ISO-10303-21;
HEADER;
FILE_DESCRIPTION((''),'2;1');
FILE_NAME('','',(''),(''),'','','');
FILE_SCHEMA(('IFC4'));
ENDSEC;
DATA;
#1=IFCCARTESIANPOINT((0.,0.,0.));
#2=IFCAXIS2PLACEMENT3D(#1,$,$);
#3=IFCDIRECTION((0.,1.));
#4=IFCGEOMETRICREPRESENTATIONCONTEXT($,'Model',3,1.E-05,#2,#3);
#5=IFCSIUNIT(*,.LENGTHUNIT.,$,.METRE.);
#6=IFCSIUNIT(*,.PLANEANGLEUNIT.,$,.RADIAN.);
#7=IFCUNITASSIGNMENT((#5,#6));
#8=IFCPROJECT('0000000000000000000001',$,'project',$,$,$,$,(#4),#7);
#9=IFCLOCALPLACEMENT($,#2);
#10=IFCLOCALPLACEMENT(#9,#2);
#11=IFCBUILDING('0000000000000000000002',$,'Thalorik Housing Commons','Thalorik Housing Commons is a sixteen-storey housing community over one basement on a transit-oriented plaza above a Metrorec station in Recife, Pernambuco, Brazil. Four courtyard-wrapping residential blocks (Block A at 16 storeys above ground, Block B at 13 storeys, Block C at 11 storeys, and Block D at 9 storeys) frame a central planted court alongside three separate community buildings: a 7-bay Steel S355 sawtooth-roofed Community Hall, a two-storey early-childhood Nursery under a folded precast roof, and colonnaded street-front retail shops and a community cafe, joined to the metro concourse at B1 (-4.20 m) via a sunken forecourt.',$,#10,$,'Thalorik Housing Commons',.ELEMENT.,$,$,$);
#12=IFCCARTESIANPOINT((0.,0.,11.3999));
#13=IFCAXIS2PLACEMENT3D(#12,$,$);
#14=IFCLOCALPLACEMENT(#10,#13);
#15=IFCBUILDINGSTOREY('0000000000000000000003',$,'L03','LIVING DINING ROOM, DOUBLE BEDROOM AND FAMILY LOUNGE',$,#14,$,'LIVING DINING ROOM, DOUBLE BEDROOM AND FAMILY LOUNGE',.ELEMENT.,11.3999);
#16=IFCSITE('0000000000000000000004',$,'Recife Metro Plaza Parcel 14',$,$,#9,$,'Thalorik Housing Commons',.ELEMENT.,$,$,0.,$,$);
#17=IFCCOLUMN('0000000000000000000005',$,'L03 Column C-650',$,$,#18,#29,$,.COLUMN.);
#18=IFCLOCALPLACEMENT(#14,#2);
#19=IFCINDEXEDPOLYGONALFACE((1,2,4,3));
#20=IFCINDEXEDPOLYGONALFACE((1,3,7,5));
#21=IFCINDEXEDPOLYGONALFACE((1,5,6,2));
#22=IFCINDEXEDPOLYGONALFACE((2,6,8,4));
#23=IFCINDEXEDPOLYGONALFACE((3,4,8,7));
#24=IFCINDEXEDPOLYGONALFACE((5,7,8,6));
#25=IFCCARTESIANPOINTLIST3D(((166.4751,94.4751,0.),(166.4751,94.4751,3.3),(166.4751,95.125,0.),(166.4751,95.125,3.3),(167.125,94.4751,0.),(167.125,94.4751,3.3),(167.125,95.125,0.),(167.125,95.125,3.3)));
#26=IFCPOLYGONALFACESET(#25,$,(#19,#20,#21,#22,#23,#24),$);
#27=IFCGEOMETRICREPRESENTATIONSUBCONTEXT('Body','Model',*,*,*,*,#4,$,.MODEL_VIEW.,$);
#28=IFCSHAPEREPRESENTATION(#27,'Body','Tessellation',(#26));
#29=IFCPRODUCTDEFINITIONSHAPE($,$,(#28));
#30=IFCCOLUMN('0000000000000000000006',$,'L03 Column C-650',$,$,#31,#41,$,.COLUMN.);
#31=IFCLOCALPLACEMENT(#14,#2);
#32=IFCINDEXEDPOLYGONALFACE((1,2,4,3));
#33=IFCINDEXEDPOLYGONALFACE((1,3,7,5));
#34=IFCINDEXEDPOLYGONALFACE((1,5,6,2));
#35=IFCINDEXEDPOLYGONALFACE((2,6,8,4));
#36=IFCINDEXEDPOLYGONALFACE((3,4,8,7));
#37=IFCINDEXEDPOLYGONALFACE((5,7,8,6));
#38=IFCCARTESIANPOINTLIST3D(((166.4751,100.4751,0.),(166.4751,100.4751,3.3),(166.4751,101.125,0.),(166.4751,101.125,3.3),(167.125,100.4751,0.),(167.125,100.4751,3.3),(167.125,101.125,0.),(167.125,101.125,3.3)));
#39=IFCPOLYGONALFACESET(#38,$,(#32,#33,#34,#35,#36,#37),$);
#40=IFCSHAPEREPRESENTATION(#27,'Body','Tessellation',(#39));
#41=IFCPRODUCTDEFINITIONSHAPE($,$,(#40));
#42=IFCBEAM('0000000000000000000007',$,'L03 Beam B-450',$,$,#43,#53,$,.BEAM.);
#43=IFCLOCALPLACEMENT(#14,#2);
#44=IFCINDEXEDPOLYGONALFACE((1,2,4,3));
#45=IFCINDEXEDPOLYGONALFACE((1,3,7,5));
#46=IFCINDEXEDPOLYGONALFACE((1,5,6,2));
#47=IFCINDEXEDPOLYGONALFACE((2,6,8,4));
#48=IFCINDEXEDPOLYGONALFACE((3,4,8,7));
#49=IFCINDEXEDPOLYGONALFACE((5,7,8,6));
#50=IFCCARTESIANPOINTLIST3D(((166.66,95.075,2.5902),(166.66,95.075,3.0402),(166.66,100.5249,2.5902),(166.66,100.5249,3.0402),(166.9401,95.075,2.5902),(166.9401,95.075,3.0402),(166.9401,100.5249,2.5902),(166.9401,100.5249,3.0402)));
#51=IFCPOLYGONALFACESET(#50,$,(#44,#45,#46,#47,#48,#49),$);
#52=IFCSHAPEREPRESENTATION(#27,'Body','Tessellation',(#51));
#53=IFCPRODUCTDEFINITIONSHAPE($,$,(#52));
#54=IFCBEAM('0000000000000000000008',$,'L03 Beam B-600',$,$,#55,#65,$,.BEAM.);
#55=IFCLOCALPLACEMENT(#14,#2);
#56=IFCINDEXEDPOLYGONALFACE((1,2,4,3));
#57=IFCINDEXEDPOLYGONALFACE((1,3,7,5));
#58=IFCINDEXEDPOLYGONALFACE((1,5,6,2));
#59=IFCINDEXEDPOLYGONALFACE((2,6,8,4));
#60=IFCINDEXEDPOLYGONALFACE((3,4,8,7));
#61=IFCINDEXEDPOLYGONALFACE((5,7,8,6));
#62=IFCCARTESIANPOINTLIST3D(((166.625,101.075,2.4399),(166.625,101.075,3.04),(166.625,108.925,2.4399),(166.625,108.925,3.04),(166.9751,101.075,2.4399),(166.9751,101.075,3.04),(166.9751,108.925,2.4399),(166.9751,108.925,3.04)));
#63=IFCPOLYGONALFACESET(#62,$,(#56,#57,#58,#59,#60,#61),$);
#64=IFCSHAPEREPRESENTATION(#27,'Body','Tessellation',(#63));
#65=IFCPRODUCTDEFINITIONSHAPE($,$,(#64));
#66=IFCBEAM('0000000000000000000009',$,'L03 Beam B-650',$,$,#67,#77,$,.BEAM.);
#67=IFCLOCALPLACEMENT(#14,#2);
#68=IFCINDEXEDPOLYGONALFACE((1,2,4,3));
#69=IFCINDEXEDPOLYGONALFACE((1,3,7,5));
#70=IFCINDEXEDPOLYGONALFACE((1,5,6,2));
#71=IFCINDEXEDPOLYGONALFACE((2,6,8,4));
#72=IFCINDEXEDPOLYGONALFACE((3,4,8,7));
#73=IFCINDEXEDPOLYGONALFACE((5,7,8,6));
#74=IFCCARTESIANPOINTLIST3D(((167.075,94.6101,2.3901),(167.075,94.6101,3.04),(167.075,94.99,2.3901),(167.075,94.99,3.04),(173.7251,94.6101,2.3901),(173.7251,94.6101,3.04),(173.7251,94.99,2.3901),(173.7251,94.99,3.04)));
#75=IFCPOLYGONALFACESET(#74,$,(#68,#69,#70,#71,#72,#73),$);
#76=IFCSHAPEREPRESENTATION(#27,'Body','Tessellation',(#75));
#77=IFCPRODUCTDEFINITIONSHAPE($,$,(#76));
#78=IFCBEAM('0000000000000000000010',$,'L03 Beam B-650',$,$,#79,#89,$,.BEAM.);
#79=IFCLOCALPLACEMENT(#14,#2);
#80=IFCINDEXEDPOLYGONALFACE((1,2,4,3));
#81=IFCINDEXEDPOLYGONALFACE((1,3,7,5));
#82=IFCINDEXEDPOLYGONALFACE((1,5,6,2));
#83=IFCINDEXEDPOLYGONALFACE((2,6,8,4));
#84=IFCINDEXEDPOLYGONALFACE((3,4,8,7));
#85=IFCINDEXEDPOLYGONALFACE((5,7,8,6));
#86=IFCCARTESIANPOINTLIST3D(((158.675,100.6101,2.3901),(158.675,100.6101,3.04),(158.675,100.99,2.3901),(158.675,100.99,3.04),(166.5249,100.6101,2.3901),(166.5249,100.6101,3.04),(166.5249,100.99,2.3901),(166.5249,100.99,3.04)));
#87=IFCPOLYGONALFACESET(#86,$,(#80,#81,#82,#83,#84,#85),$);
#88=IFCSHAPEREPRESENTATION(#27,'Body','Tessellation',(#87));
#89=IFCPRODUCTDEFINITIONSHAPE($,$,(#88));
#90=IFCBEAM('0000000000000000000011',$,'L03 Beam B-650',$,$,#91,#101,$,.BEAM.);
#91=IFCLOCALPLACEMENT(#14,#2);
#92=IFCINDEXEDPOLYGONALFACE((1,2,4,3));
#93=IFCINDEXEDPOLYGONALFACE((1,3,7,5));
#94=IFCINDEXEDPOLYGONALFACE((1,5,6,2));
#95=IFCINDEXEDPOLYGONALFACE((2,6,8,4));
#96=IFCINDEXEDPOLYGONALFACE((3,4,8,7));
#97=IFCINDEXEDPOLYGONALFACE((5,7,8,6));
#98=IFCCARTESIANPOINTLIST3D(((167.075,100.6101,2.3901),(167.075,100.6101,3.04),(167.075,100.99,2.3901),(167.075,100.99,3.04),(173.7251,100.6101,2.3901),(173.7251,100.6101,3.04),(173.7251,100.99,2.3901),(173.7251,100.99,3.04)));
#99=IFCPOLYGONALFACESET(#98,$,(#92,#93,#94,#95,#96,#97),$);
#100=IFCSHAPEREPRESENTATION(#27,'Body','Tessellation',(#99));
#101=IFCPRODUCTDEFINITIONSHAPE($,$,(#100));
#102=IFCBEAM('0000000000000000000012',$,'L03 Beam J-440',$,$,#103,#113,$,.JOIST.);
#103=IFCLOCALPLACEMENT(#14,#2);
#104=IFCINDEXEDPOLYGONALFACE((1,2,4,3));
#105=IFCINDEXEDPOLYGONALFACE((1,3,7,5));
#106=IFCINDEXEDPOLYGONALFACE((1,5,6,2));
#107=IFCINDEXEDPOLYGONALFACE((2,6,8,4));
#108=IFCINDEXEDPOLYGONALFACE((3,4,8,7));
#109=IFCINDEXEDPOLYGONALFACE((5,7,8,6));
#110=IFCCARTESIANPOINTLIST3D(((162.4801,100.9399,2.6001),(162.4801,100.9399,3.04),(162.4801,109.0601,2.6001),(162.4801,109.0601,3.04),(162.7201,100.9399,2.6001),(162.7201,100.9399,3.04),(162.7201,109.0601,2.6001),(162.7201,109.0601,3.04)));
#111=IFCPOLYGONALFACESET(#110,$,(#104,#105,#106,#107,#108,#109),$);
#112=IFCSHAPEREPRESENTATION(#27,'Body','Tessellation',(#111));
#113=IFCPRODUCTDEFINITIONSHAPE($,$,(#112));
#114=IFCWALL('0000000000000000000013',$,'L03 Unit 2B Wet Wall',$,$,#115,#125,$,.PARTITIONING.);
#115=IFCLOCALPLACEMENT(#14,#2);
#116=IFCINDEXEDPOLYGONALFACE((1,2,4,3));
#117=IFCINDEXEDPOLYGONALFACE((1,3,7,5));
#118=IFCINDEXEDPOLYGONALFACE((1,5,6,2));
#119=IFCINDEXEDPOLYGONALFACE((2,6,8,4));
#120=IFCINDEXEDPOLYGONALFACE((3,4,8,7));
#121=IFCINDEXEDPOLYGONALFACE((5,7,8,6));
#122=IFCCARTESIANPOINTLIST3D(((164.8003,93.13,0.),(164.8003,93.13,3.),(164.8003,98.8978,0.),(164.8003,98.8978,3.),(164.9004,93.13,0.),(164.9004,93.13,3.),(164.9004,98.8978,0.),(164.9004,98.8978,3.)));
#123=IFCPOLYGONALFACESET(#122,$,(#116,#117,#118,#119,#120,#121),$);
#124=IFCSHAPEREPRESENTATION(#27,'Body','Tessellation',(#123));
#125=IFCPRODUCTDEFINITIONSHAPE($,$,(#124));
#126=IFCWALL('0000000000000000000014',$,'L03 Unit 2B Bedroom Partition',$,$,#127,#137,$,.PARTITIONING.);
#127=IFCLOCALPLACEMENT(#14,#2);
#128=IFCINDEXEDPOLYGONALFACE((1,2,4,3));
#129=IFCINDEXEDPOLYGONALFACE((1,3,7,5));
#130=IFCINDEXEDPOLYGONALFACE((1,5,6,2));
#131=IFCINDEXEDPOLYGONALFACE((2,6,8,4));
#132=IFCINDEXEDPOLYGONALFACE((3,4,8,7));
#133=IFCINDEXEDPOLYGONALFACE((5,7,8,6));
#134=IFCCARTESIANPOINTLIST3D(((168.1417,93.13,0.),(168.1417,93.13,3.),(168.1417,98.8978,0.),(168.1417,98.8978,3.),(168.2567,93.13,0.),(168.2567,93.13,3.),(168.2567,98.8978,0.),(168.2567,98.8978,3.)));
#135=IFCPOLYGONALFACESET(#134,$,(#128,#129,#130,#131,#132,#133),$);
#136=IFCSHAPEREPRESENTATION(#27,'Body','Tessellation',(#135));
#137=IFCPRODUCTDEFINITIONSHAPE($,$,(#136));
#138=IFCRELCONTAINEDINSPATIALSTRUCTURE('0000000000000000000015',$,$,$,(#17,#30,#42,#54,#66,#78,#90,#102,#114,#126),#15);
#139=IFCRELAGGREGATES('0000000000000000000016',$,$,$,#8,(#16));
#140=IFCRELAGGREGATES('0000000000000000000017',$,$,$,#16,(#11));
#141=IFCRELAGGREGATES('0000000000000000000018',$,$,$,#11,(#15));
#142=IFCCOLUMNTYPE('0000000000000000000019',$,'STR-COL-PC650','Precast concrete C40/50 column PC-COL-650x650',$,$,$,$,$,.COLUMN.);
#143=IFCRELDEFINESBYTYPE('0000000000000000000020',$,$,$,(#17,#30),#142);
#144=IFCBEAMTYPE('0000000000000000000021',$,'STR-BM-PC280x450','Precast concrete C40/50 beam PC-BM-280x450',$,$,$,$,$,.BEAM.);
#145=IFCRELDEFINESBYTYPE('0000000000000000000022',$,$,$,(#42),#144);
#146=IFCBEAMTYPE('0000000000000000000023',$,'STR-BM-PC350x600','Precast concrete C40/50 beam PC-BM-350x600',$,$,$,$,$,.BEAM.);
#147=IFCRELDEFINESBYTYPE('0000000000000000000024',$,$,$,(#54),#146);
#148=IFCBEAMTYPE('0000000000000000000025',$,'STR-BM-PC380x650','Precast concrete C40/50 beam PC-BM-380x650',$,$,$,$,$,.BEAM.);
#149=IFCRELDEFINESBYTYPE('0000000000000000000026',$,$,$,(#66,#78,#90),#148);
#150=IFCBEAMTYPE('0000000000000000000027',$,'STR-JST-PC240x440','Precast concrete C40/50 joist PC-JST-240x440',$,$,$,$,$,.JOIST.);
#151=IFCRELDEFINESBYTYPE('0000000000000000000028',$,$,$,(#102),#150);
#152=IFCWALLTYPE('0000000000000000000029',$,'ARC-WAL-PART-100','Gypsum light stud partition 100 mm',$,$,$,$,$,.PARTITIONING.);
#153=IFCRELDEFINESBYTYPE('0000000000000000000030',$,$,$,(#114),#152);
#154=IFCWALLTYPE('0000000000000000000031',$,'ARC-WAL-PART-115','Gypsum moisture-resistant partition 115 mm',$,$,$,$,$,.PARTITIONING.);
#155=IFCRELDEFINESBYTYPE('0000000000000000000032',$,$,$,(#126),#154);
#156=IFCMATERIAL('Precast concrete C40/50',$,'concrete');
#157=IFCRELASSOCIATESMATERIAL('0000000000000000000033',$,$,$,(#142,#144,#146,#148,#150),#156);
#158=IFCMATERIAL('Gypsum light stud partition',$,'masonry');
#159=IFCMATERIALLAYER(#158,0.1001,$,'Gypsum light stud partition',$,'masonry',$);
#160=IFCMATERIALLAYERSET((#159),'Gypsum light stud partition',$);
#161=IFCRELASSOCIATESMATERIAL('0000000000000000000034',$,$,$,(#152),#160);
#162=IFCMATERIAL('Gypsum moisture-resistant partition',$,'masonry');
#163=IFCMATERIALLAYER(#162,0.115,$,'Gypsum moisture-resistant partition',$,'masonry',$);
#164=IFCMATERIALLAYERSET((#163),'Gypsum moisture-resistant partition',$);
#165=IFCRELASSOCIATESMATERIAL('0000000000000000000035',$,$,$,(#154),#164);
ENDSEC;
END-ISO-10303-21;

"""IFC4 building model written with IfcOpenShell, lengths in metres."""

from ifc_helpers import new_model, si_unit, direction, frame, frame_2d, origin, origin_2d, place, context, subcontext, project, spatial, rectangle, extrude, material, layer, layer_set, material_profile, profile_set, type_object, element, save


model = new_model("IFC4")

# Units and contexts
model_context = context("Model", 3, precision=1e-05, world=origin(), true_north=direction((0.0, 1.0)))
body_context = subcontext(model_context, "Body", "Model", "MODEL_VIEW")
ifc_project = project(units=[si_unit("LENGTHUNIT", "METRE"), si_unit("PLANEANGLEUNIT", "RADIAN")], contexts=[model_context])

# Site, building, storey
site_placement = place(None, origin())
site = spatial("IfcSite", under=ifc_project, at=site_placement, Name="Recife Metro Plaza Parcel 14", LongName="Thalorik Housing Commons", CompositionType="ELEMENT", RefElevation=0.0)
building_placement = place(site_placement, origin())
building = spatial("IfcBuilding", under=site, at=building_placement, Name="Thalorik Housing Commons", Description="Thalorik Housing Commons is a sixteen-storey housing community over one basement on a transit-oriented plaza above a Metrorec station in Recife, Pernambuco, Brazil. Four courtyard-wrapping residential blocks (Block A at 16 storeys above ground, Block B at 13 storeys, Block C at 11 storeys, and Block D at 9 storeys) frame a central planted court alongside three separate community buildings: a 7-bay Steel S355 sawtooth-roofed Community Hall, a two-storey early-childhood Nursery under a folded precast roof, and colonnaded street-front retail shops and a community cafe, joined to the metro concourse at B1 (-4.20 m) via a sunken forecourt.", LongName="Thalorik Housing Commons", CompositionType="ELEMENT")
storey_placement = place(building_placement, frame((0.0, 0.0, 11.3999)))
storey = spatial("IfcBuildingStorey", under=building, at=storey_placement, Name="L03", Description="LIVING DINING ROOM, DOUBLE BEDROOM AND FAMILY LOUNGE", LongName="LIVING DINING ROOM, DOUBLE BEDROOM AND FAMILY LOUNGE", CompositionType="ELEMENT", Elevation=11.3999)

# Columns
ifc_material_1 = material(Name="Precast concrete C40/50", Category="concrete")
ifc_material_profile_1 = material_profile(ifc_material_1, rectangle(XDim=0.6499, YDim=0.6499, at=origin_2d()), Name="PC 650x650", Category="concrete")
ifc_profile_set_1 = profile_set([ifc_material_profile_1], Name="Precast concrete C40/50")
column_type = type_object("IfcColumnType", Name="STR-COL-PC650", Description="Precast concrete C40/50 column PC-COL-650x650", PredefinedType="COLUMN", material=ifc_profile_set_1)
for number, where, z_axis, x_axis, name in (
    (1, (166.8, 94.8, 0.0), (0.0, 0.0, 1.0), (1.0, 0.0, 0.0), "L03 Column C-650"),
    (2, (166.8, 100.8, 0.0), (0.0, 0.0, 1.0), (1.0, 0.0, 0.0), "L03 Column C-650"),
):
    element("IfcColumn", number, at=place(storey_placement, frame(where, z_axis=z_axis, x_axis=x_axis)), inside=storey, type_object=column_type, Name=name, PredefinedType="COLUMN", context=body_context, shape_type="SweptSolid", body=[
        extrude(rectangle(XDim=0.6499, YDim=0.6499, at=origin_2d()), origin(), (0.0, 0.0, 1.0), 3.3),
    ])

# Beams
ifc_material_profile_2 = material_profile(ifc_material_1, rectangle(XDim=0.28, YDim=0.45, at=origin_2d()), Name="PC 280x450", Category="concrete")
ifc_profile_set_2 = profile_set([ifc_material_profile_2], Name="Precast concrete C40/50")
beam_type_1 = type_object("IfcBeamType", Name="STR-BM-PC280x450", Description="Precast concrete C40/50 beam PC-BM-280x450", PredefinedType="BEAM", material=ifc_profile_set_2)
beam_1_placement = place(storey_placement, frame((166.8, 95.075, 2.8152), z_axis=(0.0, 1.0, 0.0), x_axis=(-1.0, 0.0, 0.0)))
element("IfcBeam", 3, at=beam_1_placement, inside=storey, type_object=beam_type_1, Name="L03 Beam B-450", PredefinedType="BEAM", context=body_context, shape_type="SweptSolid", body=[
    extrude(rectangle(XDim=0.28, YDim=0.45, at=origin_2d()), origin(), (0.0, 0.0, 1.0), 5.45),
])
ifc_material_profile_3 = material_profile(ifc_material_1, rectangle(XDim=0.3501, YDim=0.6001, at=origin_2d()), Name="PC 350x600", Category="concrete")
ifc_profile_set_3 = profile_set([ifc_material_profile_3], Name="Precast concrete C40/50")
beam_type_2 = type_object("IfcBeamType", Name="STR-BM-PC350x600", Description="Precast concrete C40/50 beam PC-BM-350x600", PredefinedType="BEAM", material=ifc_profile_set_3)
beam_2_placement = place(storey_placement, frame((166.8, 101.075, 2.74), z_axis=(0.0, 1.0, 0.0), x_axis=(-1.0, 0.0, 0.0)))
element("IfcBeam", 4, at=beam_2_placement, inside=storey, type_object=beam_type_2, Name="L03 Beam B-600", PredefinedType="BEAM", context=body_context, shape_type="SweptSolid", body=[
    extrude(rectangle(XDim=0.3501, YDim=0.6001, at=origin_2d()), origin(), (0.0, 0.0, 1.0), 7.8501),
])
ifc_material_profile_4 = material_profile(ifc_material_1, rectangle(XDim=0.3799, YDim=0.6499, at=origin_2d()), Name="PC 380x650", Category="concrete")
ifc_profile_set_4 = profile_set([ifc_material_profile_4], Name="Precast concrete C40/50")
beam_type_3 = type_object("IfcBeamType", Name="STR-BM-PC380x650", Description="Precast concrete C40/50 beam PC-BM-380x650", PredefinedType="BEAM", material=ifc_profile_set_4)
beam_3_placement = place(storey_placement, frame((167.075, 94.8, 2.7151), z_axis=(1.0, 0.0, 0.0), x_axis=(0.0, 1.0, 0.0)))
element("IfcBeam", 5, at=beam_3_placement, inside=storey, type_object=beam_type_3, Name="L03 Beam B-650", PredefinedType="BEAM", context=body_context, shape_type="SweptSolid", body=[
    extrude(rectangle(XDim=0.3799, YDim=0.6499, at=origin_2d()), origin(), (0.0, 0.0, 1.0), 6.6501),
])
beam_4_placement = place(storey_placement, frame((158.675, 100.8, 2.7151), z_axis=(1.0, 0.0, 0.0), x_axis=(0.0, 1.0, 0.0)))
element("IfcBeam", 6, at=beam_4_placement, inside=storey, type_object=beam_type_3, Name="L03 Beam B-650", PredefinedType="BEAM", context=body_context, shape_type="SweptSolid", body=[
    extrude(rectangle(XDim=0.3799, YDim=0.6499, at=origin_2d()), origin(), (0.0, 0.0, 1.0), 7.8499),
])
beam_5_placement = place(storey_placement, frame((167.075, 100.8, 2.7151), z_axis=(1.0, 0.0, 0.0), x_axis=(0.0, 1.0, 0.0)))
element("IfcBeam", 7, at=beam_5_placement, inside=storey, type_object=beam_type_3, Name="L03 Beam B-650", PredefinedType="BEAM", context=body_context, shape_type="SweptSolid", body=[
    extrude(rectangle(XDim=0.3799, YDim=0.6499, at=origin_2d()), origin(), (0.0, 0.0, 1.0), 6.6501),
])
ifc_material_profile_5 = material_profile(ifc_material_1, rectangle(XDim=0.24, YDim=0.4399, at=origin_2d()), Name="PC JST 240x440", Category="concrete")
ifc_profile_set_5 = profile_set([ifc_material_profile_5], Name="Precast concrete C40/50")
beam_type_4 = type_object("IfcBeamType", Name="STR-JST-PC240x440", Description="Precast concrete C40/50 joist PC-JST-240x440", PredefinedType="JOIST", material=ifc_profile_set_5)
beam_6_placement = place(storey_placement, frame((162.6001, 100.9399, 2.8201), z_axis=(0.0, 1.0, 0.0), x_axis=(-1.0, 0.0, 0.0)))
element("IfcBeam", 8, at=beam_6_placement, inside=storey, type_object=beam_type_4, Name="L03 Beam J-440", PredefinedType="JOIST", context=body_context, shape_type="SweptSolid", body=[
    extrude(rectangle(XDim=0.24, YDim=0.4399, at=origin_2d()), origin(), (0.0, 0.0, 1.0), 8.1201),
])

# Walls
ifc_material_2 = material(Name="Gypsum light stud partition", Category="masonry")
ifc_layer_1 = layer(ifc_material_2, 0.1001, Name="Gypsum light stud partition", Category="masonry")
ifc_layer_set_1 = layer_set([ifc_layer_1], Name="Gypsum light stud partition")
wall_type_1 = type_object("IfcWallType", Name="ARC-WAL-PART-100", Description="Gypsum light stud partition 100 mm", PredefinedType="PARTITIONING", material=ifc_layer_set_1)
wall_1_placement = place(storey_placement, frame((164.8503, 93.1301, 0.0), z_axis=(0.0, 0.0, 1.0), x_axis=(0.0, 1.0, 0.0)))
element("IfcWall", 9, at=wall_1_placement, inside=storey, type_object=wall_type_1, Name="L03 Unit 2B Wet Wall", PredefinedType="PARTITIONING", context=body_context, shape_type="SweptSolid", body=[
    extrude(rectangle(XDim=5.7678, YDim=0.1001, at=frame_2d((2.8838, 0.0))), origin(), (0.0, 0.0, 1.0), 3.0),
])
ifc_material_3 = material(Name="Gypsum moisture-resistant partition", Category="masonry")
ifc_layer_2 = layer(ifc_material_3, 0.115, Name="Gypsum moisture-resistant partition", Category="masonry")
ifc_layer_set_2 = layer_set([ifc_layer_2], Name="Gypsum moisture-resistant partition")
wall_type_2 = type_object("IfcWallType", Name="ARC-WAL-PART-115", Description="Gypsum moisture-resistant partition 115 mm", PredefinedType="PARTITIONING", material=ifc_layer_set_2)
wall_2_placement = place(storey_placement, frame((168.1992, 93.1301, 0.0), z_axis=(0.0, 0.0, 1.0), x_axis=(0.0, 1.0, 0.0)))
element("IfcWall", 10, at=wall_2_placement, inside=storey, type_object=wall_type_2, Name="L03 Unit 2B Bedroom Partition", PredefinedType="PARTITIONING", context=body_context, shape_type="SweptSolid", body=[
    extrude(rectangle(XDim=5.7678, YDim=0.115, at=frame_2d((2.8838, 0.0))), origin(), (0.0, 0.0, 1.0), 3.0),
])

save(model, "model.ifc")
